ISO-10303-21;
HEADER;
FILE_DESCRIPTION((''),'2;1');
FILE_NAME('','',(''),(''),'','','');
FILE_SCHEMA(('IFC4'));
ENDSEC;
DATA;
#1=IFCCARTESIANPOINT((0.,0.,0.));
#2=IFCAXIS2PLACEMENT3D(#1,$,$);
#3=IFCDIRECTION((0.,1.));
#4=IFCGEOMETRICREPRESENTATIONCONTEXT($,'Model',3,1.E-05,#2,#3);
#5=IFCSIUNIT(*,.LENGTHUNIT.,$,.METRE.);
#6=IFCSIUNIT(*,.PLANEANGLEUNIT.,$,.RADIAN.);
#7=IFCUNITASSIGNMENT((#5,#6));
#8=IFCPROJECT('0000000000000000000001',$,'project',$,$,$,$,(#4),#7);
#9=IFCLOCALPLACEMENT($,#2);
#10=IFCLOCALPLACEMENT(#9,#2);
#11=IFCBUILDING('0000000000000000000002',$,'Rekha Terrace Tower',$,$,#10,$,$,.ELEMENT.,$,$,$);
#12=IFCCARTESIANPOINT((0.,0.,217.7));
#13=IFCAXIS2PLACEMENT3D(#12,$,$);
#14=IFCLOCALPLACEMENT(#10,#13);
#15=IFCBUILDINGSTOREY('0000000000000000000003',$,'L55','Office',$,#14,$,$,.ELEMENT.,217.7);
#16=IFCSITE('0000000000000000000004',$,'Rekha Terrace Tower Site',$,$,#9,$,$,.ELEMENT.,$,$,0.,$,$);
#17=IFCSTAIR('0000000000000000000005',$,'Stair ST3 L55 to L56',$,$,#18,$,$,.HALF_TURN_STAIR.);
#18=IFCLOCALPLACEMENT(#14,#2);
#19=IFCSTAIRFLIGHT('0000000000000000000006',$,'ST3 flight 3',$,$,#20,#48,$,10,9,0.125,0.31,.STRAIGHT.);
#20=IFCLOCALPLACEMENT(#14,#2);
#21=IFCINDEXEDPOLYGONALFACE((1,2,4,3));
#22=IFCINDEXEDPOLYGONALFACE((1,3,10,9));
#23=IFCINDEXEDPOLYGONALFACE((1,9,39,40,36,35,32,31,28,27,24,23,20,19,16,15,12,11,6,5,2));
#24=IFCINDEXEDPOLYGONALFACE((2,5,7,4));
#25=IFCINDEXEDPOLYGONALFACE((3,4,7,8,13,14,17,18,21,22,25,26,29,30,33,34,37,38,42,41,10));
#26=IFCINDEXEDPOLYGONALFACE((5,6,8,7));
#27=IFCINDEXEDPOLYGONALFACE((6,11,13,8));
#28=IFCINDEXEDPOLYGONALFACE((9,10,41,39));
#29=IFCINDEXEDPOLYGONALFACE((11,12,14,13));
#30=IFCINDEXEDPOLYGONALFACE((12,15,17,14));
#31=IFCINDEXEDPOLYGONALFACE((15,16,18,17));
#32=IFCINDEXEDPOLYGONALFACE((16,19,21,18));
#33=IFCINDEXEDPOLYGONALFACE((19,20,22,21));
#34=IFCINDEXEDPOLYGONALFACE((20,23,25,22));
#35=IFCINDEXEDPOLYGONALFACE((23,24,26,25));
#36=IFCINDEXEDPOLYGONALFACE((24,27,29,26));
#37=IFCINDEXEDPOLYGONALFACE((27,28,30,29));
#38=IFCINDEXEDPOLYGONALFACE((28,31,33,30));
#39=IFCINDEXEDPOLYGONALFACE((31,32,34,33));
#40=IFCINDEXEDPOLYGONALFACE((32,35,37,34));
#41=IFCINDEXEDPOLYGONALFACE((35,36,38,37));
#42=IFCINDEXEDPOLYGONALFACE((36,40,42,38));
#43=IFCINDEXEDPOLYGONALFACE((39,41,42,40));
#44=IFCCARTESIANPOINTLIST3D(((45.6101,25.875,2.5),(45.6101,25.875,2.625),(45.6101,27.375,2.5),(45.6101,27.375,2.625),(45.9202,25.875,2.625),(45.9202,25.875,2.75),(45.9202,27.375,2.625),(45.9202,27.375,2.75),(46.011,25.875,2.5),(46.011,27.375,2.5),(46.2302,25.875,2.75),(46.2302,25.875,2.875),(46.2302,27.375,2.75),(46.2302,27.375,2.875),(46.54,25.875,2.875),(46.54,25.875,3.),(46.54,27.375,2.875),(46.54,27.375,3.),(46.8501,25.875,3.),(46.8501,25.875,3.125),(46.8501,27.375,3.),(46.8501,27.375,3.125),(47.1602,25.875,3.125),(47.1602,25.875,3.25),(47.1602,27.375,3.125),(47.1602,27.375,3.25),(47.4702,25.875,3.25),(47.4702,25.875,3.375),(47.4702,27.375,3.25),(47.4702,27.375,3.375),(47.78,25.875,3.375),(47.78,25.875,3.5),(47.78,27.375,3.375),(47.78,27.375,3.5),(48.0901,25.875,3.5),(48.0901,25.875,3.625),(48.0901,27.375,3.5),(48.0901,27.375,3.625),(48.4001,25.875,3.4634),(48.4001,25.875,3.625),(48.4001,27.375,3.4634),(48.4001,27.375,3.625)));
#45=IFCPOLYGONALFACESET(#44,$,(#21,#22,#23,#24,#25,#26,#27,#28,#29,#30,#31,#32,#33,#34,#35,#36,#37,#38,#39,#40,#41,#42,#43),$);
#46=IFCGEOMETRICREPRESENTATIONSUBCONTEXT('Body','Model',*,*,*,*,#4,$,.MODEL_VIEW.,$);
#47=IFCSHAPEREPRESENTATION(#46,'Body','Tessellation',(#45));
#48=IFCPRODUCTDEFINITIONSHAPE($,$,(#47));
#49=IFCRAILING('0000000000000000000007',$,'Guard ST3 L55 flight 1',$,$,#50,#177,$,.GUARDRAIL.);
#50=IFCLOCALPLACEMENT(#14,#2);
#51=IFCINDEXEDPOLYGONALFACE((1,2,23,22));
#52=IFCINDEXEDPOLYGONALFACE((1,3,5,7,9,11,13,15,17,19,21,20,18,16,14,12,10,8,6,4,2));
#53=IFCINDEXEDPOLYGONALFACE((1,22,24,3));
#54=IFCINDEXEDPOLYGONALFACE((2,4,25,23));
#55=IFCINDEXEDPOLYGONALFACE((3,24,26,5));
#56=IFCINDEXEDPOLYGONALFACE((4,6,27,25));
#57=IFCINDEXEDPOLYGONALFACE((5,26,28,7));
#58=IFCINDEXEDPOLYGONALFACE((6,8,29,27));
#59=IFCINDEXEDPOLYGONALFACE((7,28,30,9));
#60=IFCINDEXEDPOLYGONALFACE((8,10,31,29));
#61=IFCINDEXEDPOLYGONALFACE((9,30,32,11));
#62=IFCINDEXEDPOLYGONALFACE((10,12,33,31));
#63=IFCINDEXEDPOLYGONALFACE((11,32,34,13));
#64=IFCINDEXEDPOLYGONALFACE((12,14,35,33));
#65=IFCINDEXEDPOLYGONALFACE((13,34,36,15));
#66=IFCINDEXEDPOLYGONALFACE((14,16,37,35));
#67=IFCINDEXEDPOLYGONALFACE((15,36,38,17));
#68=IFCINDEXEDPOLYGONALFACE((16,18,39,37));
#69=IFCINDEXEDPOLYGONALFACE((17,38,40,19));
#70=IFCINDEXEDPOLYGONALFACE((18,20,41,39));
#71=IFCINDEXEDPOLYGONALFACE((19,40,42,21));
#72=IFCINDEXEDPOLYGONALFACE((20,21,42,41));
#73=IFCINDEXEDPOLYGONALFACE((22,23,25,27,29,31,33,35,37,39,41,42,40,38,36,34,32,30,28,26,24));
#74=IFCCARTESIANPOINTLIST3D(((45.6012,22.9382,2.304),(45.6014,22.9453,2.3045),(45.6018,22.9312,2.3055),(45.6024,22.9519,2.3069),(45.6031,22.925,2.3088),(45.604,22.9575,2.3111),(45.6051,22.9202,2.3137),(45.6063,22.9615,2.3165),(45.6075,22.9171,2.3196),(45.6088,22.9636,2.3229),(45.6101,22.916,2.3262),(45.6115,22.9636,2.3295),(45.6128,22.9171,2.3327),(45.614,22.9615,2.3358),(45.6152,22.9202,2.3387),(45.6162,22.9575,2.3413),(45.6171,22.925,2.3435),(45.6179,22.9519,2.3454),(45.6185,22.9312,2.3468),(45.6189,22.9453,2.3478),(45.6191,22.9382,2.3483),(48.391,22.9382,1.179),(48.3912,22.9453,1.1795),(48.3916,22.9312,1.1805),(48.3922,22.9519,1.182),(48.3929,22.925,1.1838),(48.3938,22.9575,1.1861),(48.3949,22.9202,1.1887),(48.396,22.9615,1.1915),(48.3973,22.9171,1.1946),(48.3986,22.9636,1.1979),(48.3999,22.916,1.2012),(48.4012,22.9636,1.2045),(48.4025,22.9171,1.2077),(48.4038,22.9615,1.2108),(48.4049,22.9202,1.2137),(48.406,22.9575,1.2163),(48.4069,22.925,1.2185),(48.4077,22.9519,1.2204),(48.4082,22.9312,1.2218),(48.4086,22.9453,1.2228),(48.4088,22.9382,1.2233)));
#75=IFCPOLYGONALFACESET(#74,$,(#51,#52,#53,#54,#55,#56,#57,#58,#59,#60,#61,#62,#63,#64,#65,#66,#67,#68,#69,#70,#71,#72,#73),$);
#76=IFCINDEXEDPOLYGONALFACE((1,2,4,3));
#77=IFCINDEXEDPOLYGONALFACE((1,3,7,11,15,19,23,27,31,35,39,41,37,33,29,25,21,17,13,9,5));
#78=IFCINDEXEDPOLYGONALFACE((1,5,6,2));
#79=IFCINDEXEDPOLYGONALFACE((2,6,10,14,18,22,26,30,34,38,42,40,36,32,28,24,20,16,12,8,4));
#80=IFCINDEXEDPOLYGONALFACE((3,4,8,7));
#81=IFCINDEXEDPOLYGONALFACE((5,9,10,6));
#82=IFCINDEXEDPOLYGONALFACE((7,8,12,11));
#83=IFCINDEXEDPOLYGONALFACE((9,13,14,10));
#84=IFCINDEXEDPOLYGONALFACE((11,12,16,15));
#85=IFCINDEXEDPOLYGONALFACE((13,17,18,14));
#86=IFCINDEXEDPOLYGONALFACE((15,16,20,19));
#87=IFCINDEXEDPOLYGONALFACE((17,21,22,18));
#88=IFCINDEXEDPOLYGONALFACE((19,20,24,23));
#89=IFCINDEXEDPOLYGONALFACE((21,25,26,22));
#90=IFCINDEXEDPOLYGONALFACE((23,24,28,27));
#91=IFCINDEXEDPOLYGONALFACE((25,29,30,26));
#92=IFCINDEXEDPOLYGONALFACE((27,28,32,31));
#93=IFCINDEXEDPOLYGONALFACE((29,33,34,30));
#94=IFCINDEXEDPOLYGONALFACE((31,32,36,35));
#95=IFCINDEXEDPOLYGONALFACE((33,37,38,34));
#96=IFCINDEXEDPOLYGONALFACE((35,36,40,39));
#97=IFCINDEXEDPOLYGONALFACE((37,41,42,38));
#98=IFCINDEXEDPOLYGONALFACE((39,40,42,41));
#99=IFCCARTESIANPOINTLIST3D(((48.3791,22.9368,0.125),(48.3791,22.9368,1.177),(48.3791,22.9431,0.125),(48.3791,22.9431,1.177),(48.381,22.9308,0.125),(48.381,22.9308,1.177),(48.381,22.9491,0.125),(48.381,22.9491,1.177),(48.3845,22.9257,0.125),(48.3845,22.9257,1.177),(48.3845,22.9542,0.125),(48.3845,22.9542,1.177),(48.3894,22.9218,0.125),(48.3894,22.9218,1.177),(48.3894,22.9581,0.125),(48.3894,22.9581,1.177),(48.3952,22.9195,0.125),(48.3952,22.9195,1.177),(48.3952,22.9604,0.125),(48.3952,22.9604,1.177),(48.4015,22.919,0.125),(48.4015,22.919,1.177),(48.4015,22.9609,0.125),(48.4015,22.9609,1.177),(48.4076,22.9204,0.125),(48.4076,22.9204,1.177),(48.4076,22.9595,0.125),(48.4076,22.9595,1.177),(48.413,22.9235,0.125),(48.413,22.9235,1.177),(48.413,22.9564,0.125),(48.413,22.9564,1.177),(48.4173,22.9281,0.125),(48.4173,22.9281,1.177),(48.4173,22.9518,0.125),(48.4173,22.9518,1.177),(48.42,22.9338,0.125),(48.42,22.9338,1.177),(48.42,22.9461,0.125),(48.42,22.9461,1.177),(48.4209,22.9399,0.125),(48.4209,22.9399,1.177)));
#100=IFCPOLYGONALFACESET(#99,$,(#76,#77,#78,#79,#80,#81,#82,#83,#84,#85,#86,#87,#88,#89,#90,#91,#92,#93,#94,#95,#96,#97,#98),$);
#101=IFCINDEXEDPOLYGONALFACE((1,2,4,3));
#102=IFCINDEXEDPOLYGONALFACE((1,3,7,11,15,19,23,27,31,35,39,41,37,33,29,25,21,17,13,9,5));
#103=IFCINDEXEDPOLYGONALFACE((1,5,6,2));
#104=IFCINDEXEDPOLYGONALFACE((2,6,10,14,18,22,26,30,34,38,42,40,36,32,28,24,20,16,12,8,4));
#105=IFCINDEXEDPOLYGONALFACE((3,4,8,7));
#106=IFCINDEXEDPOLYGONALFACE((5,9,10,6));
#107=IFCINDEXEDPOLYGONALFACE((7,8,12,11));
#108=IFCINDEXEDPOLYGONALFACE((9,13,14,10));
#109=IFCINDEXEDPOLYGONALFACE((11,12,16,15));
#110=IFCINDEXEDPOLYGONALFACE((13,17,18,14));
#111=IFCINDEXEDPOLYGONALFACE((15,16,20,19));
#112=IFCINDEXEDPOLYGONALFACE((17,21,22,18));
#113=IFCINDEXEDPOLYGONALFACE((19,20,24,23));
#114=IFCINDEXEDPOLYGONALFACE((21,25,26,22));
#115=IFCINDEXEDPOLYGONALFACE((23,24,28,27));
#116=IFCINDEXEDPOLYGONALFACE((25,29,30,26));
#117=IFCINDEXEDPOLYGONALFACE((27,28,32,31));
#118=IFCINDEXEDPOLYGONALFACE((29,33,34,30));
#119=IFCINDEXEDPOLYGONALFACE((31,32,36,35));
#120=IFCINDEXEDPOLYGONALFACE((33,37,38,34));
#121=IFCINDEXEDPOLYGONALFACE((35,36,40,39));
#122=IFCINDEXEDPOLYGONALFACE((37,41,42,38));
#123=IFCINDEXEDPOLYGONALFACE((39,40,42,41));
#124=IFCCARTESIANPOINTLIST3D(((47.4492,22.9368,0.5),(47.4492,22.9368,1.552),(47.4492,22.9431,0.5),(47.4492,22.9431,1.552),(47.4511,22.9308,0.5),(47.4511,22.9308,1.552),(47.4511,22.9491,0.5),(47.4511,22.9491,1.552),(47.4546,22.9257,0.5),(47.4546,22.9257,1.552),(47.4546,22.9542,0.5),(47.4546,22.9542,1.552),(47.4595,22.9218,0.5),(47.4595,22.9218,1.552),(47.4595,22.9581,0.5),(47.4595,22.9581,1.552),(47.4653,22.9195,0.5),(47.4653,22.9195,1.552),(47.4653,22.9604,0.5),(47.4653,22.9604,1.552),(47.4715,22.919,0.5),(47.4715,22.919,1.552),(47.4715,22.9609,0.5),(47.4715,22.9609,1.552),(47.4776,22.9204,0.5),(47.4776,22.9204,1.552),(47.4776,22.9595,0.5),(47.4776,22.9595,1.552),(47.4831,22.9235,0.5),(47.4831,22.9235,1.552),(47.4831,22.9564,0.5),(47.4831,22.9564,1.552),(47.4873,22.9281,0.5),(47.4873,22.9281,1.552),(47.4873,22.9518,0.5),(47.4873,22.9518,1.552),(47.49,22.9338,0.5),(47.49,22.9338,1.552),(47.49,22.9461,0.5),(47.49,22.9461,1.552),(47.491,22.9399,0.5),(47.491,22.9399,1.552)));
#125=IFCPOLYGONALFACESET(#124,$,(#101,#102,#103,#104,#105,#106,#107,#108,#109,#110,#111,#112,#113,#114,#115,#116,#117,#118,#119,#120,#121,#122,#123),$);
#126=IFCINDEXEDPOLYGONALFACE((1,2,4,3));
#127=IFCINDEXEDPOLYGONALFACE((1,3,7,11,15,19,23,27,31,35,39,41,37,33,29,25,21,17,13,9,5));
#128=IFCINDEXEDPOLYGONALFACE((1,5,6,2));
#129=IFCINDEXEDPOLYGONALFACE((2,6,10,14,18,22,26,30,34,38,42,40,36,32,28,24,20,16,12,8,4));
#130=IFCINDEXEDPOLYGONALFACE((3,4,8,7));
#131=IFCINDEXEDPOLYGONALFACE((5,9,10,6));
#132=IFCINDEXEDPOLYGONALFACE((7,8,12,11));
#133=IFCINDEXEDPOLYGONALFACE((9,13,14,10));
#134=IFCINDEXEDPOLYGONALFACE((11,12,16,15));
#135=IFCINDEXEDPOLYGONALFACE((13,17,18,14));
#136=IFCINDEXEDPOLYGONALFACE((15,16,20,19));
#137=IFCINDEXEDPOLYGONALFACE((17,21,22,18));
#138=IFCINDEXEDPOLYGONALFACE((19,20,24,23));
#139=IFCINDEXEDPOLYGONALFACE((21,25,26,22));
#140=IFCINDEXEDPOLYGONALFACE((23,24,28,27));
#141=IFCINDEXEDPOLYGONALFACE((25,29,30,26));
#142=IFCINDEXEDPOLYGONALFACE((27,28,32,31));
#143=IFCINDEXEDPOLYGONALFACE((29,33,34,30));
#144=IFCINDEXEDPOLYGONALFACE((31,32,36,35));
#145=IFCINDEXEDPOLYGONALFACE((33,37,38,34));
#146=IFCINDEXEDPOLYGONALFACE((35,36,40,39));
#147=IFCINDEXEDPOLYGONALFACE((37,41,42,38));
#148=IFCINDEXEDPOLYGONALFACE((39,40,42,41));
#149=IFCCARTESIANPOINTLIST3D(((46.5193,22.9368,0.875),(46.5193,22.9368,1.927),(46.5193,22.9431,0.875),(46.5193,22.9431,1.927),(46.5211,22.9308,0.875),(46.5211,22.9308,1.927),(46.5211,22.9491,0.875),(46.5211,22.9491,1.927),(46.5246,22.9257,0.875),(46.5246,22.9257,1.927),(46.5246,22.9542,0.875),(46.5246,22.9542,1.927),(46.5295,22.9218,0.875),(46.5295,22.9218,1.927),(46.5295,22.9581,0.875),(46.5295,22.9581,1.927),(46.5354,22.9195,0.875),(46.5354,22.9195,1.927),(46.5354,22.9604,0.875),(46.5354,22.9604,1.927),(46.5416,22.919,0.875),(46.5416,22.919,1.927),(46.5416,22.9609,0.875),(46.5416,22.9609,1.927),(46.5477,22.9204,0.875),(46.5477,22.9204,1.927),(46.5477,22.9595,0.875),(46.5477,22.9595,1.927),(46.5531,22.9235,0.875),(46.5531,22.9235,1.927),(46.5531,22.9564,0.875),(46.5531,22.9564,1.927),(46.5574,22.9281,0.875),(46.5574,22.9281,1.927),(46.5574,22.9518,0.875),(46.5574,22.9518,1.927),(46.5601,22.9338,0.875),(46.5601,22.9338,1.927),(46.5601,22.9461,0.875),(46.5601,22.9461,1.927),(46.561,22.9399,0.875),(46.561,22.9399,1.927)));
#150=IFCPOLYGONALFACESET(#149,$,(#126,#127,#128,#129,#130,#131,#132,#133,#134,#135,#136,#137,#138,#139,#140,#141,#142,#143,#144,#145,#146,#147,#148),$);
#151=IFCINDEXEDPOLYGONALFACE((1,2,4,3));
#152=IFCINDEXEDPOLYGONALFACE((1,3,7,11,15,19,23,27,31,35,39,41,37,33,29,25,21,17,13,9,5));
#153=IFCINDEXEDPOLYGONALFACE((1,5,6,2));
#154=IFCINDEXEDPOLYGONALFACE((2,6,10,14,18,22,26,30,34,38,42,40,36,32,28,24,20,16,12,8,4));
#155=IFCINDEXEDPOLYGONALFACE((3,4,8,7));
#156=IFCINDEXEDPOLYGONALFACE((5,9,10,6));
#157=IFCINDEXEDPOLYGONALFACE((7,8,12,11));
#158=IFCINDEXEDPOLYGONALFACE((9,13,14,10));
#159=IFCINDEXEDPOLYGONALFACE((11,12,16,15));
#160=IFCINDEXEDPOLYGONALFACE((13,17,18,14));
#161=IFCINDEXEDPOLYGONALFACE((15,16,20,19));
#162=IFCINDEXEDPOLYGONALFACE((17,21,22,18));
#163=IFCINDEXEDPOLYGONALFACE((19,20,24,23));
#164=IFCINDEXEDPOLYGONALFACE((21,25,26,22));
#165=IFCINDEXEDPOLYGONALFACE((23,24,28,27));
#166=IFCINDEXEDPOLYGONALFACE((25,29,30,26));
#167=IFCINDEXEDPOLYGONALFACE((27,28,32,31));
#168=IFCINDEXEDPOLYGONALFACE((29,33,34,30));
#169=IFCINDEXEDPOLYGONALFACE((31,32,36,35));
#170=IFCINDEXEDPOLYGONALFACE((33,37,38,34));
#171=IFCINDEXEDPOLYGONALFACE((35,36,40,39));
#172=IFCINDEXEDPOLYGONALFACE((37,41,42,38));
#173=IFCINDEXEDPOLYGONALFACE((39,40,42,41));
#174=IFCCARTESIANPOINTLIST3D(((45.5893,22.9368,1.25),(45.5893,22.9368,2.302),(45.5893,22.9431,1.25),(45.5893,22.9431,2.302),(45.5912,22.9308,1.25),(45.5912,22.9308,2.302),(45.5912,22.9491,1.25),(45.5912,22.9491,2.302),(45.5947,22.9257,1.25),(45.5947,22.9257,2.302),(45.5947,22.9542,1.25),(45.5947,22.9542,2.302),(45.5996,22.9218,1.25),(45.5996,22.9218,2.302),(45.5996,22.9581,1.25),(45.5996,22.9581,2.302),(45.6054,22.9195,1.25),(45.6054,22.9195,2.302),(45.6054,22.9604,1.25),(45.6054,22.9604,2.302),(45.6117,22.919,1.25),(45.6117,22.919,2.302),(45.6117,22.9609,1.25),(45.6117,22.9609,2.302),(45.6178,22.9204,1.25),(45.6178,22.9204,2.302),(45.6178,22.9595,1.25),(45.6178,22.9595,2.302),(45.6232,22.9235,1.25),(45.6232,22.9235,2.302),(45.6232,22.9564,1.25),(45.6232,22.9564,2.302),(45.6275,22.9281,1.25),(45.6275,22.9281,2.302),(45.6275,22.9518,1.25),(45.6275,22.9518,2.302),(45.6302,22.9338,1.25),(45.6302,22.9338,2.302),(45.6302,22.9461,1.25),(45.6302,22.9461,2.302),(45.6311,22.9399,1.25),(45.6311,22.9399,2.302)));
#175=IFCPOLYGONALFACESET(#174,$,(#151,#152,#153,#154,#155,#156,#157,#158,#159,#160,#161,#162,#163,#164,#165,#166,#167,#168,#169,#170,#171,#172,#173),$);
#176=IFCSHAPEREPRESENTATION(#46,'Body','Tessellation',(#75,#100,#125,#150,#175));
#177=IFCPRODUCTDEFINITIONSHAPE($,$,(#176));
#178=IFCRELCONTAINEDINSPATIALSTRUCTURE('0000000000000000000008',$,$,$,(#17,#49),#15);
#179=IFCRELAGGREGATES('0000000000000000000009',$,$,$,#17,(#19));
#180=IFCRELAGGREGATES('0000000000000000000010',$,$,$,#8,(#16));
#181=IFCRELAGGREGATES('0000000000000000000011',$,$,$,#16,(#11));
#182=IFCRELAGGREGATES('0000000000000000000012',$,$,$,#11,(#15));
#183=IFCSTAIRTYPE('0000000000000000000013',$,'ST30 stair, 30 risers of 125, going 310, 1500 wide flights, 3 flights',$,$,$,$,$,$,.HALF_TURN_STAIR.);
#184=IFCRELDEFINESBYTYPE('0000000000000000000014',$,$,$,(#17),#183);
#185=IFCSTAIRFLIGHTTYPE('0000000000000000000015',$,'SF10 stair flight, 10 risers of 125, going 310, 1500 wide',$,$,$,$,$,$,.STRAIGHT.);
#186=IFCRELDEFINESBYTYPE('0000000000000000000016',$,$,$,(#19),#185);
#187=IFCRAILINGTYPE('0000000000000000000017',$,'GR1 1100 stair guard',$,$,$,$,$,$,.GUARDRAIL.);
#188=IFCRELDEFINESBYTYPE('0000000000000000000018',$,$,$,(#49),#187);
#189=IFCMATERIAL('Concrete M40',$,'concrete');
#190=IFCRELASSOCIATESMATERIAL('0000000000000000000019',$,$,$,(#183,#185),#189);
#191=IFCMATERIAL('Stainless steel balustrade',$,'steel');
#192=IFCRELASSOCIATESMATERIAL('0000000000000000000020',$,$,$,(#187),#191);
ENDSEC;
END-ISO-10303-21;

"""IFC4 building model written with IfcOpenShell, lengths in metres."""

from ifc_helpers import new_model, si_unit, direction, frame, origin, origin_2d, place, context, subcontext, project, spatial, polyline, circle, outline, extrude, material, type_object, element, aggregate, save


model = new_model("IFC4")

# Units and contexts
model_context = context("Model", 3, precision=1e-05, world=origin(), true_north=direction((0.0, 1.0)))
body_context = subcontext(model_context, "Body", "Model", "MODEL_VIEW")
ifc_project = project(units=[si_unit("LENGTHUNIT", "METRE"), si_unit("PLANEANGLEUNIT", "RADIAN")], contexts=[model_context])

# Site, building, storey
site_placement = place(None, origin())
site = spatial("IfcSite", under=ifc_project, at=site_placement, Name="Rekha Terrace Tower Site", CompositionType="ELEMENT", RefElevation=0.0)
building_placement = place(site_placement, origin())
building = spatial("IfcBuilding", under=site, at=building_placement, Name="Rekha Terrace Tower", CompositionType="ELEMENT")
storey_placement = place(building_placement, frame((0.0, 0.0, 217.7)))
storey = spatial("IfcBuildingStorey", under=building, at=storey_placement, Name="L55", Description="Office", CompositionType="ELEMENT", Elevation=217.7)

# Stair, stair flight
ifc_material_1 = material(Name="Concrete M40", Category="concrete")
stair_type = type_object("IfcStairType", Name="ST30 stair, 30 risers of 125, going 310, 1500 wide flights, 3 flights", PredefinedType="HALF_TURN_STAIR", material=ifc_material_1)
stair_placement = place(storey_placement, origin())
stair = element("IfcStair", 1, at=stair_placement, inside=storey, type_object=stair_type, Name="Stair ST3 L55 to L56", PredefinedType="HALF_TURN_STAIR")
stair_flight_type = type_object("IfcStairFlightType", Name="SF10 stair flight, 10 risers of 125, going 310, 1500 wide", PredefinedType="STRAIGHT", material=ifc_material_1)
stair_flight_1_placement = place(storey_placement, frame((45.6101, 26.625, 2.5), z_axis=(0.0, 0.0, 1.0), x_axis=(1.0, 0.0, 0.0)))
stair_flight_1 = element("IfcStairFlight", 2, at=stair_flight_1_placement, type_object=stair_flight_type, Name="ST3 flight 3", NumberOfRisers=10, NumberOfTreads=9, PredefinedType="STRAIGHT", RiserHeight=0.125, TreadLength=0.31, context=body_context, shape_type="SweptSolid", body=[
    extrude(outline(polyline([(0.0, 0.0), (0.0, 0.125), (0.3101, 0.125), (0.3101, 0.25), (0.6201, 0.25), (0.6201, 0.375), (0.9299, 0.375), (0.9299, 0.5), (1.24, 0.5), (1.24, 0.625), (1.55, 0.625), (1.55, 0.75), (1.8601, 0.75), (1.8601, 0.875), (2.1699, 0.875), (2.1699, 1.0), (2.48, 1.0), (2.48, 1.125), (2.79, 1.125), (2.79, 1.25), (2.79, 0.9634), (0.4009, 0.0), (0.0, 0.0)])), frame((0.0, 0.75, 0.0), z_axis=(0.0, -1.0, 0.0), x_axis=(1.0, 0.0, 0.0)), (0.0, 0.0, 1.0), 1.5),
])
aggregate(stair, [stair_flight_1])

# Railing
ifc_material_2 = material(Name="Stainless steel balustrade", Category="steel")
railing_type_1 = type_object("IfcRailingType", Name="GR1 1100 stair guard", PredefinedType="GUARDRAIL", material=ifc_material_2)
railing_1_placement = place(storey_placement, frame((48.3999, 22.9399, 0.125)))
element("IfcRailing", 3, at=railing_1_placement, inside=storey, type_object=railing_type_1, Name="Guard ST3 L55 flight 1", PredefinedType="GUARDRAIL", context=body_context, shape_type="SweptSolid", body=[
    extrude(circle(Radius=0.0239, at=origin_2d()), frame((0.0, 0.0, 1.0762), z_axis=(-0.927432, 0.0, 0.373992), x_axis=(0.0, -1.0, 0.0)), (0.0, 0.0, 1.0), 3.0081),
    extrude(circle(Radius=0.021, at=origin_2d()), origin(), (0.0, 0.0, 1.0), 1.052),
    extrude(circle(Radius=0.021, at=origin_2d()), frame((-0.9299, 0.0, 0.375)), (0.0, 0.0, 1.0), 1.052),
    extrude(circle(Radius=0.021, at=origin_2d()), frame((-1.8599, 0.0, 0.75)), (0.0, 0.0, 1.0), 1.052),
    extrude(circle(Radius=0.021, at=origin_2d()), frame((-2.7898, 0.0, 1.125)), (0.0, 0.0, 1.0), 1.052),
])

save(model, "model.ifc")
